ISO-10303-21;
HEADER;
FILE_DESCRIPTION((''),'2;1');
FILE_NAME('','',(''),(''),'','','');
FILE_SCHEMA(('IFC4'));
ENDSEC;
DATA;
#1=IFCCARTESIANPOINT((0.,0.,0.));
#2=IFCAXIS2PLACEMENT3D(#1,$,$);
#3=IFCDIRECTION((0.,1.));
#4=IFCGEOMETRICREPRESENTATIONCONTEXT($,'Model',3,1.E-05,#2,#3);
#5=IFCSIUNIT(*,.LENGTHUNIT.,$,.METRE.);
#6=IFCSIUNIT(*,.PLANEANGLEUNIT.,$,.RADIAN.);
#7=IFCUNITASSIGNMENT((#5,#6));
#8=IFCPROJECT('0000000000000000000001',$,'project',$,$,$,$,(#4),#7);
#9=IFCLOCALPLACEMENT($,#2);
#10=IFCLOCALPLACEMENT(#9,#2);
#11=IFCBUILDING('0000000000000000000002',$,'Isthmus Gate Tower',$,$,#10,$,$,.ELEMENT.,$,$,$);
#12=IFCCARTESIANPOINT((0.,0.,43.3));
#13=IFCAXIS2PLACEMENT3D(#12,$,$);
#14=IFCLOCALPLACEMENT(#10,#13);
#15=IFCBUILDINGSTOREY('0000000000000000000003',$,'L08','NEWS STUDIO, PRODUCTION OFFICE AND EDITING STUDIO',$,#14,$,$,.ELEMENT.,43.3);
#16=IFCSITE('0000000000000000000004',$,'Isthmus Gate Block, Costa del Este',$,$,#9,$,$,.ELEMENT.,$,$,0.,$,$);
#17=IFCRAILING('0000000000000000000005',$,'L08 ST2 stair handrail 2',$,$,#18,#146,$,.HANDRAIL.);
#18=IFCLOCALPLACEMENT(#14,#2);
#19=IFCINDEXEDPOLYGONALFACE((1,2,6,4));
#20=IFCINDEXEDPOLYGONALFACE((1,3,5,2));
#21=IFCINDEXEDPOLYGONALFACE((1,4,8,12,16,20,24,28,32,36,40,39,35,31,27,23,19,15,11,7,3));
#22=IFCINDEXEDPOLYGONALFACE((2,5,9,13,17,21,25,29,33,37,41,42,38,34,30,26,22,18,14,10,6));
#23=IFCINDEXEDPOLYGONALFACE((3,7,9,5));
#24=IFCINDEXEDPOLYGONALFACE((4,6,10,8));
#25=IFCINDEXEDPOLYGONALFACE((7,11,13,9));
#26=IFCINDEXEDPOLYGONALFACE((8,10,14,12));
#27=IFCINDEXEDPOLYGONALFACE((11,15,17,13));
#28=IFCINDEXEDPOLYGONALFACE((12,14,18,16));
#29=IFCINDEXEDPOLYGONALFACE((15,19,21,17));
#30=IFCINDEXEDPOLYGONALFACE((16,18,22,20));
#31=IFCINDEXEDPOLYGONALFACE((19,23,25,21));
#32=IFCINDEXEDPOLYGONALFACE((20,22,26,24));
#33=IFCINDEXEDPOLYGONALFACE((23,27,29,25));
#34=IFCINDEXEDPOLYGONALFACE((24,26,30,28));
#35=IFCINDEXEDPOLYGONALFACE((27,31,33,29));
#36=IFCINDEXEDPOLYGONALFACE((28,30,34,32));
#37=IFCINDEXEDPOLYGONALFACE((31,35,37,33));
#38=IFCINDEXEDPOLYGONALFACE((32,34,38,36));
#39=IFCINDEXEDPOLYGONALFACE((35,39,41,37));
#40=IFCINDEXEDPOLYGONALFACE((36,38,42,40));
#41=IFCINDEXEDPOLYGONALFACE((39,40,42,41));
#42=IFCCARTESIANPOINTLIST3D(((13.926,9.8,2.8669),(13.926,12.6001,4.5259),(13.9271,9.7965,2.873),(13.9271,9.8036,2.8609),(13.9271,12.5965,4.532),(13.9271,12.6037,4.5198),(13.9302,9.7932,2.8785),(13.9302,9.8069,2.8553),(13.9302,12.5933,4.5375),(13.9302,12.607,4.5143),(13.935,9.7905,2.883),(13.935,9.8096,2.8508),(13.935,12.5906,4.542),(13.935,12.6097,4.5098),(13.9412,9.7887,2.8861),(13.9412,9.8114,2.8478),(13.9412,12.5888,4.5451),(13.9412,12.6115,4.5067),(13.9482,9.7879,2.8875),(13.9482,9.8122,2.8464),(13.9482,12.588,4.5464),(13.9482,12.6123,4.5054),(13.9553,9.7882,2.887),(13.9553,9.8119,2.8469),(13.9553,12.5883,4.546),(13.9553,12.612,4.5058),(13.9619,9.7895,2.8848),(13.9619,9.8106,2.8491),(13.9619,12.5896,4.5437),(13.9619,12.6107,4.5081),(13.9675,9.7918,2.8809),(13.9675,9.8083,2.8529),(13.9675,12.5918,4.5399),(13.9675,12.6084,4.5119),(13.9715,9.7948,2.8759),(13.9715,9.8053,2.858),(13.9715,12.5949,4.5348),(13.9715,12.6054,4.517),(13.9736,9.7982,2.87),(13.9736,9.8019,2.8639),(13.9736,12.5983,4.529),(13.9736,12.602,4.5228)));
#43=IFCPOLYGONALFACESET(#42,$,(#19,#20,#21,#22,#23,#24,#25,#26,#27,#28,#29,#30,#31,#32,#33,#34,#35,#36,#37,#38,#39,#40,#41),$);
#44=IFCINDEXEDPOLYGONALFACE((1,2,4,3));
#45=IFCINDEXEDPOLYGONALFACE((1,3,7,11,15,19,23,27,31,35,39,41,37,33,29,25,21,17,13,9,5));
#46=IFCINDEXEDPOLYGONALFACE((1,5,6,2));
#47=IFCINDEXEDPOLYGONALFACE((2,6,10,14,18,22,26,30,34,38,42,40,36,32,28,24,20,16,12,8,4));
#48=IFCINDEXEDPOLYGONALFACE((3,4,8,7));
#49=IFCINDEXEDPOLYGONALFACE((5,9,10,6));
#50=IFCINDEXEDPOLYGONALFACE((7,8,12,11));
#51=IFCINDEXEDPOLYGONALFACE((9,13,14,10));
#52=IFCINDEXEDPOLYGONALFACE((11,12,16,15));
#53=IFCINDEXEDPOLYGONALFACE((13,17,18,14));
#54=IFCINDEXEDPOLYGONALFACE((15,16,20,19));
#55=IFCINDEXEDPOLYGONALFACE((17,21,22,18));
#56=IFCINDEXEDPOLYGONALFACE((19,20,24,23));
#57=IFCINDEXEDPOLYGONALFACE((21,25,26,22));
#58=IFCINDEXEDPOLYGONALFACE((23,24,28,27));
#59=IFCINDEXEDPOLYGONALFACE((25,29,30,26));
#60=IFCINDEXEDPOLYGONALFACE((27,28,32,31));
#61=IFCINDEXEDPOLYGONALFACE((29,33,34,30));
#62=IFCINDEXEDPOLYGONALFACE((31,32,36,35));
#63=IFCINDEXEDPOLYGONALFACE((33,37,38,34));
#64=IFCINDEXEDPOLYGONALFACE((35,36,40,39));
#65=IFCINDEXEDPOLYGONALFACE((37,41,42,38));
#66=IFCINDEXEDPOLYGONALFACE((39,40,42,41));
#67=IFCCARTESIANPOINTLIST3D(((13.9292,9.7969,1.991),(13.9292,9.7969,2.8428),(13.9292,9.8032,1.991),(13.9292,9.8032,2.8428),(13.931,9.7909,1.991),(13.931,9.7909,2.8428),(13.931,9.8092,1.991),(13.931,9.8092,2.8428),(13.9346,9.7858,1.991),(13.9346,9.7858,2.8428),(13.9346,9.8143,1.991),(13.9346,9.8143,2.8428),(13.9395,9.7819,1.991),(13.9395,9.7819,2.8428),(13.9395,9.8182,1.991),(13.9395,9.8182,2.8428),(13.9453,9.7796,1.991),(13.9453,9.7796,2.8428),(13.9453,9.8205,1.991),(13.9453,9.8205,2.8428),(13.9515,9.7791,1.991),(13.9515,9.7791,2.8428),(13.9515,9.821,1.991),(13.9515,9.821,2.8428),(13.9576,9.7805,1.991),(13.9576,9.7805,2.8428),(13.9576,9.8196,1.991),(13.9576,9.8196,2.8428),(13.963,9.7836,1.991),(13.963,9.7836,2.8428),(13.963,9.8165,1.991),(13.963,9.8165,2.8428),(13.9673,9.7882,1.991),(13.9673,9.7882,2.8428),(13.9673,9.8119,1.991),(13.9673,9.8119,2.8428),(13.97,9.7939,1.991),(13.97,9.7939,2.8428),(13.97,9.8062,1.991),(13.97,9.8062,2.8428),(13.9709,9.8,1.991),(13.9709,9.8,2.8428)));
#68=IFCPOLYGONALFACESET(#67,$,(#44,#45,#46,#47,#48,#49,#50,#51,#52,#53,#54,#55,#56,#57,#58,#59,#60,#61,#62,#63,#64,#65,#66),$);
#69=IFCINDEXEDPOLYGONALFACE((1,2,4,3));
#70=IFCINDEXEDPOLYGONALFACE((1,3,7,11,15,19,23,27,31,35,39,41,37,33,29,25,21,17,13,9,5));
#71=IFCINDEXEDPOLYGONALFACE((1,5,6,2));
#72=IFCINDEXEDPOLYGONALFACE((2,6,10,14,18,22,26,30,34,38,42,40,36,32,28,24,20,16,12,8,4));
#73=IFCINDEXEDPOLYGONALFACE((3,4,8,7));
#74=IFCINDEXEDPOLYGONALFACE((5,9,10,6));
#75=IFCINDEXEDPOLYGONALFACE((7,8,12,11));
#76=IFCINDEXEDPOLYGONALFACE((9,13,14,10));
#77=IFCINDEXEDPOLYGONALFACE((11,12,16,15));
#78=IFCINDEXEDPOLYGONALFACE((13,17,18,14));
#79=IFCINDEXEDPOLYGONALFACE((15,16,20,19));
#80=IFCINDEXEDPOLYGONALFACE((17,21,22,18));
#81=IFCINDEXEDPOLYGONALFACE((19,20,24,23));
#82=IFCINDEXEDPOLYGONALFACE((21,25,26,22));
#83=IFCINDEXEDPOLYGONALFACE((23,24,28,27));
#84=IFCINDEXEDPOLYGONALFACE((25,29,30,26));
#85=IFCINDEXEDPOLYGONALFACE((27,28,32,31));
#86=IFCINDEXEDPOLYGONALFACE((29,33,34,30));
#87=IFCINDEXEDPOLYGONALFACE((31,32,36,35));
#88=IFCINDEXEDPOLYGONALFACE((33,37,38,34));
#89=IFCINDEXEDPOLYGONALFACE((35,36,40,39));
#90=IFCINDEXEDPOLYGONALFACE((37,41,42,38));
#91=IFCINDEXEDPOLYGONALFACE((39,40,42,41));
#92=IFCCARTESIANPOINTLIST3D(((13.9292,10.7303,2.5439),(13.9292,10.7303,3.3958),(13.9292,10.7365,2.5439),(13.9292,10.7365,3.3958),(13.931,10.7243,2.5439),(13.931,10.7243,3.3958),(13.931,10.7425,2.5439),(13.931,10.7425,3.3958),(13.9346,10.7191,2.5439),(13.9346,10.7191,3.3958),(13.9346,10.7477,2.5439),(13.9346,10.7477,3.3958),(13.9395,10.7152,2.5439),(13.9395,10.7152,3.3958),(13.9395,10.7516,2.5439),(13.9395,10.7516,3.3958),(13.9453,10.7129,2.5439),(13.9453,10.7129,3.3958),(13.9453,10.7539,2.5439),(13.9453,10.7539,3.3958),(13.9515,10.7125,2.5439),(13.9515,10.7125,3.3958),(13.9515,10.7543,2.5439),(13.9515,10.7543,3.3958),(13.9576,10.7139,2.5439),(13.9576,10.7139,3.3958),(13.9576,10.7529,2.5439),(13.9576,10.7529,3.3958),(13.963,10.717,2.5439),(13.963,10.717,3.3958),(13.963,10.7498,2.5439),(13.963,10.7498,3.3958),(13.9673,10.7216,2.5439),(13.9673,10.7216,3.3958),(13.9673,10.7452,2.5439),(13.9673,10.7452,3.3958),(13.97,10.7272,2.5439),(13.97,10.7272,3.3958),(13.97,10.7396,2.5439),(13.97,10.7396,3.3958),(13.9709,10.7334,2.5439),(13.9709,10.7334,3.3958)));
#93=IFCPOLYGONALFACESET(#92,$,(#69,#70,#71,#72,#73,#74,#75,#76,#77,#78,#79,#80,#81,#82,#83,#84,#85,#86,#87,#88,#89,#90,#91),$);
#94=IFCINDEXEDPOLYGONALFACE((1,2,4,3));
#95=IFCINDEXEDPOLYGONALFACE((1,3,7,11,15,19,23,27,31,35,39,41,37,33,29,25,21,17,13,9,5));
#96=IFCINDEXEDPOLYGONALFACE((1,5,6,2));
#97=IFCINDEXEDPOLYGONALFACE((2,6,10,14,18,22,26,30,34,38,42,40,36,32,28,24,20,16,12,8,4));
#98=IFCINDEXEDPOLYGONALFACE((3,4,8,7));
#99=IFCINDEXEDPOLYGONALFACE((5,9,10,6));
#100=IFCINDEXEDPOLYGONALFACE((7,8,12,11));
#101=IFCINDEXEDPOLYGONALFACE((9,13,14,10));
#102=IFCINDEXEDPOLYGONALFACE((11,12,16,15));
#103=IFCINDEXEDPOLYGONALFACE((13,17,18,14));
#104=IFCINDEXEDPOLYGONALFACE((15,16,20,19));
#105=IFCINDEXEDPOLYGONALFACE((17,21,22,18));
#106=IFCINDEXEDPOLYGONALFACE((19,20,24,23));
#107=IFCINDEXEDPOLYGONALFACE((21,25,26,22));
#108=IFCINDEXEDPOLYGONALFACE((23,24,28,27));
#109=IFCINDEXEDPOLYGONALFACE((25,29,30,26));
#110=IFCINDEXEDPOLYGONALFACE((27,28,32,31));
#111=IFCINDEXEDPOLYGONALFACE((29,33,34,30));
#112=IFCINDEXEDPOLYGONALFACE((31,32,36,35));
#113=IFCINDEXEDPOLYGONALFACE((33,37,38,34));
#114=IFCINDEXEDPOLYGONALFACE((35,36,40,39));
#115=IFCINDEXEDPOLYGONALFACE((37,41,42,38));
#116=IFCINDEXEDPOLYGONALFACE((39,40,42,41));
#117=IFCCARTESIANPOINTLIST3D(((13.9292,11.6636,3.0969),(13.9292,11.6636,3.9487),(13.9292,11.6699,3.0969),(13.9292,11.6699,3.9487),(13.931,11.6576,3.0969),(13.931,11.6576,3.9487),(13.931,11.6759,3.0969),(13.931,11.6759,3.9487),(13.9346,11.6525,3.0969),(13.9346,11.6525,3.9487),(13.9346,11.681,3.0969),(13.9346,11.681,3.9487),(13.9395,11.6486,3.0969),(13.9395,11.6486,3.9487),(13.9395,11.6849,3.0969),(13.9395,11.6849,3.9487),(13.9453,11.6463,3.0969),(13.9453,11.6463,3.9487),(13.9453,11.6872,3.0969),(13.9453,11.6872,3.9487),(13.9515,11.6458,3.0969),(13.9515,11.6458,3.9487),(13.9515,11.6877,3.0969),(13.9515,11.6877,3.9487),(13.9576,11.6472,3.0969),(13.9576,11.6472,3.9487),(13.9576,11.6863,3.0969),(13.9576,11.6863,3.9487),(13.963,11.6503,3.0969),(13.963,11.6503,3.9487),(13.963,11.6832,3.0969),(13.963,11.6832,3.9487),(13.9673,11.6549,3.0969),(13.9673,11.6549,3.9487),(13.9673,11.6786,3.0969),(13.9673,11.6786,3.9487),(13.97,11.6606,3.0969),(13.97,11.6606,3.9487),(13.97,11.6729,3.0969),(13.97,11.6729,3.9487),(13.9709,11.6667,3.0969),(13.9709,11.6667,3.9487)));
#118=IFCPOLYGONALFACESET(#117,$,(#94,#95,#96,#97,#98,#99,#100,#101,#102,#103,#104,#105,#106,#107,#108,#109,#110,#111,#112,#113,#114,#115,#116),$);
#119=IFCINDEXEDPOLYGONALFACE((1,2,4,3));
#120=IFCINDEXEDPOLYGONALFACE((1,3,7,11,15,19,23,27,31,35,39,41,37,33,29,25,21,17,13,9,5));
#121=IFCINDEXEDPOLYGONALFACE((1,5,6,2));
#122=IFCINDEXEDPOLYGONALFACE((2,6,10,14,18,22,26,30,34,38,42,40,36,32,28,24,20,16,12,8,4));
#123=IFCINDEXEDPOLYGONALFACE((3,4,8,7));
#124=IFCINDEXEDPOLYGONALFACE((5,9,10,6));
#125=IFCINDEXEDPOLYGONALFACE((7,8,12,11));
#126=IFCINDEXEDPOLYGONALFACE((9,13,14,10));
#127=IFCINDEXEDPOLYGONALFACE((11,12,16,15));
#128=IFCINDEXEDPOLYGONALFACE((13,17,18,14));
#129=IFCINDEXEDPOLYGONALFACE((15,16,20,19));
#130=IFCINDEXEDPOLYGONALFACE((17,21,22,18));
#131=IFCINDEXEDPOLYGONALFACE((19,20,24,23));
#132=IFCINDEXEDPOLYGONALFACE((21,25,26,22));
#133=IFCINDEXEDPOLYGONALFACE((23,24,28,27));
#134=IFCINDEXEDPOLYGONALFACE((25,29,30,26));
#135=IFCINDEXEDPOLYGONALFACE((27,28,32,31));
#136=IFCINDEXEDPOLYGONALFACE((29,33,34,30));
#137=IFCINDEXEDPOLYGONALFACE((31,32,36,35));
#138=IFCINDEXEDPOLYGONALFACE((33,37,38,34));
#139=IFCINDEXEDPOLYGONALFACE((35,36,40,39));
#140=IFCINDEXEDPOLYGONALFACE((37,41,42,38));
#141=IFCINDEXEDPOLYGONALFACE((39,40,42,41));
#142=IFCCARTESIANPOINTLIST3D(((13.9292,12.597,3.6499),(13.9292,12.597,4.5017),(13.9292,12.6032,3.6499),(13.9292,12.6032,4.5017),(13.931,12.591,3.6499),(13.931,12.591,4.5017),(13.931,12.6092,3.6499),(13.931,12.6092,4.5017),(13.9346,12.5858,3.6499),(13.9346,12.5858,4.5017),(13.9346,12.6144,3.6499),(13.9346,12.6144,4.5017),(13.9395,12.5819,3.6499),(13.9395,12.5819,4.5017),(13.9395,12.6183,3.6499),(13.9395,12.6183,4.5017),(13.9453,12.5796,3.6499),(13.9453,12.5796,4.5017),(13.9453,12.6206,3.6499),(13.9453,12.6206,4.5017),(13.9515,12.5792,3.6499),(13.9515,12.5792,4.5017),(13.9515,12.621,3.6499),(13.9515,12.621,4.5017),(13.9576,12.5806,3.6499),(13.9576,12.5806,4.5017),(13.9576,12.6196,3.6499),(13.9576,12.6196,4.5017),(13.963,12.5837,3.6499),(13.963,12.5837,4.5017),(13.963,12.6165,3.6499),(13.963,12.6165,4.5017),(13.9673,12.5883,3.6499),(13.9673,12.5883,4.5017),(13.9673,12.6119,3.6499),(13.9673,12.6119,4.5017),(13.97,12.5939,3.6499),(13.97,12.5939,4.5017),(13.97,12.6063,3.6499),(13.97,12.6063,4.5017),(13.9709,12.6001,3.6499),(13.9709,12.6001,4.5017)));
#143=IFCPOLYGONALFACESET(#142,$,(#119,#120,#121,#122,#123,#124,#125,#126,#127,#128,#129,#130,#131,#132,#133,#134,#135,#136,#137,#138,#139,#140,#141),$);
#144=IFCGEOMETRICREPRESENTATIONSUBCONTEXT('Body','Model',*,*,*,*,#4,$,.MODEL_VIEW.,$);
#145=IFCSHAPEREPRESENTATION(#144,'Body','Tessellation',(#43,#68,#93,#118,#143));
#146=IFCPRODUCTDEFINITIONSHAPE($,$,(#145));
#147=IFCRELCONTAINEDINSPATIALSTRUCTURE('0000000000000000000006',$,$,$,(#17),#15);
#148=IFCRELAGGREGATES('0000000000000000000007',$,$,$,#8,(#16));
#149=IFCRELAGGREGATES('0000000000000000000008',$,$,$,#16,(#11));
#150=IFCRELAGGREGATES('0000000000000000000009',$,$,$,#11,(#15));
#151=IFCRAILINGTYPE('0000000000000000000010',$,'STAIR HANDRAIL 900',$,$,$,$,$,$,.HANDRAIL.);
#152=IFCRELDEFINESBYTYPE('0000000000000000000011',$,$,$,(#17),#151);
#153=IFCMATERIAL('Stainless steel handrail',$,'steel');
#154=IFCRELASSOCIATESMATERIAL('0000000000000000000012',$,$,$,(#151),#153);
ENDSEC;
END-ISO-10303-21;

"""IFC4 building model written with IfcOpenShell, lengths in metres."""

from ifc_helpers import new_model, si_unit, direction, frame, origin, origin_2d, place, context, subcontext, project, spatial, circle, extrude, material, type_object, element, save


model = new_model("IFC4")

# Units and contexts
model_context = context("Model", 3, precision=1e-05, world=origin(), true_north=direction((0.0, 1.0)))
body_context = subcontext(model_context, "Body", "Model", "MODEL_VIEW")
ifc_project = project(units=[si_unit("LENGTHUNIT", "METRE"), si_unit("PLANEANGLEUNIT", "RADIAN")], contexts=[model_context])

# Site, building, storey
site_placement = place(None, origin())
site = spatial("IfcSite", under=ifc_project, at=site_placement, Name="Isthmus Gate Block, Costa del Este", CompositionType="ELEMENT", RefElevation=0.0)
building_placement = place(site_placement, origin())
building = spatial("IfcBuilding", under=site, at=building_placement, Name="Isthmus Gate Tower", CompositionType="ELEMENT")
storey_placement = place(building_placement, frame((0.0, 0.0, 43.3)))
storey = spatial("IfcBuildingStorey", under=building, at=storey_placement, Name="L08", Description="NEWS STUDIO, PRODUCTION OFFICE AND EDITING STUDIO", CompositionType="ELEMENT", Elevation=43.3)

# Railing
ifc_material_1 = material(Name="Stainless steel handrail", Category="steel")
railing_type = type_object("IfcRailingType", Name="STAIR HANDRAIL 900", PredefinedType="HANDRAIL", material=ifc_material_1)
railing_placement = place(storey_placement, frame((13.95, 9.8, 1.991)))
element("IfcRailing", 1, at=railing_placement, inside=storey, type_object=railing_type, Name="L08 ST2 stair handrail 2", PredefinedType="HANDRAIL", context=body_context, shape_type="SweptSolid", body=[
    extrude(circle(Radius=0.0239, at=origin_2d()), frame((0.0, 0.0, 0.876), z_axis=(0.0, 0.860339, 0.509722), x_axis=(-1.0, 0.0, 0.0)), (0.0, 0.0, 1.0), 3.2546),
    extrude(circle(Radius=0.021, at=origin_2d()), origin(), (0.0, 0.0, 1.0), 0.8518),
    extrude(circle(Radius=0.021, at=origin_2d()), frame((0.0, 0.9333, 0.553)), (0.0, 0.0, 1.0), 0.8518),
    extrude(circle(Radius=0.021, at=origin_2d()), frame((0.0, 1.8667, 1.106)), (0.0, 0.0, 1.0), 0.8518),
    extrude(circle(Radius=0.021, at=origin_2d()), frame((0.0, 2.8, 1.6589)), (0.0, 0.0, 1.0), 0.8518),
])

save(model, "model.ifc")
